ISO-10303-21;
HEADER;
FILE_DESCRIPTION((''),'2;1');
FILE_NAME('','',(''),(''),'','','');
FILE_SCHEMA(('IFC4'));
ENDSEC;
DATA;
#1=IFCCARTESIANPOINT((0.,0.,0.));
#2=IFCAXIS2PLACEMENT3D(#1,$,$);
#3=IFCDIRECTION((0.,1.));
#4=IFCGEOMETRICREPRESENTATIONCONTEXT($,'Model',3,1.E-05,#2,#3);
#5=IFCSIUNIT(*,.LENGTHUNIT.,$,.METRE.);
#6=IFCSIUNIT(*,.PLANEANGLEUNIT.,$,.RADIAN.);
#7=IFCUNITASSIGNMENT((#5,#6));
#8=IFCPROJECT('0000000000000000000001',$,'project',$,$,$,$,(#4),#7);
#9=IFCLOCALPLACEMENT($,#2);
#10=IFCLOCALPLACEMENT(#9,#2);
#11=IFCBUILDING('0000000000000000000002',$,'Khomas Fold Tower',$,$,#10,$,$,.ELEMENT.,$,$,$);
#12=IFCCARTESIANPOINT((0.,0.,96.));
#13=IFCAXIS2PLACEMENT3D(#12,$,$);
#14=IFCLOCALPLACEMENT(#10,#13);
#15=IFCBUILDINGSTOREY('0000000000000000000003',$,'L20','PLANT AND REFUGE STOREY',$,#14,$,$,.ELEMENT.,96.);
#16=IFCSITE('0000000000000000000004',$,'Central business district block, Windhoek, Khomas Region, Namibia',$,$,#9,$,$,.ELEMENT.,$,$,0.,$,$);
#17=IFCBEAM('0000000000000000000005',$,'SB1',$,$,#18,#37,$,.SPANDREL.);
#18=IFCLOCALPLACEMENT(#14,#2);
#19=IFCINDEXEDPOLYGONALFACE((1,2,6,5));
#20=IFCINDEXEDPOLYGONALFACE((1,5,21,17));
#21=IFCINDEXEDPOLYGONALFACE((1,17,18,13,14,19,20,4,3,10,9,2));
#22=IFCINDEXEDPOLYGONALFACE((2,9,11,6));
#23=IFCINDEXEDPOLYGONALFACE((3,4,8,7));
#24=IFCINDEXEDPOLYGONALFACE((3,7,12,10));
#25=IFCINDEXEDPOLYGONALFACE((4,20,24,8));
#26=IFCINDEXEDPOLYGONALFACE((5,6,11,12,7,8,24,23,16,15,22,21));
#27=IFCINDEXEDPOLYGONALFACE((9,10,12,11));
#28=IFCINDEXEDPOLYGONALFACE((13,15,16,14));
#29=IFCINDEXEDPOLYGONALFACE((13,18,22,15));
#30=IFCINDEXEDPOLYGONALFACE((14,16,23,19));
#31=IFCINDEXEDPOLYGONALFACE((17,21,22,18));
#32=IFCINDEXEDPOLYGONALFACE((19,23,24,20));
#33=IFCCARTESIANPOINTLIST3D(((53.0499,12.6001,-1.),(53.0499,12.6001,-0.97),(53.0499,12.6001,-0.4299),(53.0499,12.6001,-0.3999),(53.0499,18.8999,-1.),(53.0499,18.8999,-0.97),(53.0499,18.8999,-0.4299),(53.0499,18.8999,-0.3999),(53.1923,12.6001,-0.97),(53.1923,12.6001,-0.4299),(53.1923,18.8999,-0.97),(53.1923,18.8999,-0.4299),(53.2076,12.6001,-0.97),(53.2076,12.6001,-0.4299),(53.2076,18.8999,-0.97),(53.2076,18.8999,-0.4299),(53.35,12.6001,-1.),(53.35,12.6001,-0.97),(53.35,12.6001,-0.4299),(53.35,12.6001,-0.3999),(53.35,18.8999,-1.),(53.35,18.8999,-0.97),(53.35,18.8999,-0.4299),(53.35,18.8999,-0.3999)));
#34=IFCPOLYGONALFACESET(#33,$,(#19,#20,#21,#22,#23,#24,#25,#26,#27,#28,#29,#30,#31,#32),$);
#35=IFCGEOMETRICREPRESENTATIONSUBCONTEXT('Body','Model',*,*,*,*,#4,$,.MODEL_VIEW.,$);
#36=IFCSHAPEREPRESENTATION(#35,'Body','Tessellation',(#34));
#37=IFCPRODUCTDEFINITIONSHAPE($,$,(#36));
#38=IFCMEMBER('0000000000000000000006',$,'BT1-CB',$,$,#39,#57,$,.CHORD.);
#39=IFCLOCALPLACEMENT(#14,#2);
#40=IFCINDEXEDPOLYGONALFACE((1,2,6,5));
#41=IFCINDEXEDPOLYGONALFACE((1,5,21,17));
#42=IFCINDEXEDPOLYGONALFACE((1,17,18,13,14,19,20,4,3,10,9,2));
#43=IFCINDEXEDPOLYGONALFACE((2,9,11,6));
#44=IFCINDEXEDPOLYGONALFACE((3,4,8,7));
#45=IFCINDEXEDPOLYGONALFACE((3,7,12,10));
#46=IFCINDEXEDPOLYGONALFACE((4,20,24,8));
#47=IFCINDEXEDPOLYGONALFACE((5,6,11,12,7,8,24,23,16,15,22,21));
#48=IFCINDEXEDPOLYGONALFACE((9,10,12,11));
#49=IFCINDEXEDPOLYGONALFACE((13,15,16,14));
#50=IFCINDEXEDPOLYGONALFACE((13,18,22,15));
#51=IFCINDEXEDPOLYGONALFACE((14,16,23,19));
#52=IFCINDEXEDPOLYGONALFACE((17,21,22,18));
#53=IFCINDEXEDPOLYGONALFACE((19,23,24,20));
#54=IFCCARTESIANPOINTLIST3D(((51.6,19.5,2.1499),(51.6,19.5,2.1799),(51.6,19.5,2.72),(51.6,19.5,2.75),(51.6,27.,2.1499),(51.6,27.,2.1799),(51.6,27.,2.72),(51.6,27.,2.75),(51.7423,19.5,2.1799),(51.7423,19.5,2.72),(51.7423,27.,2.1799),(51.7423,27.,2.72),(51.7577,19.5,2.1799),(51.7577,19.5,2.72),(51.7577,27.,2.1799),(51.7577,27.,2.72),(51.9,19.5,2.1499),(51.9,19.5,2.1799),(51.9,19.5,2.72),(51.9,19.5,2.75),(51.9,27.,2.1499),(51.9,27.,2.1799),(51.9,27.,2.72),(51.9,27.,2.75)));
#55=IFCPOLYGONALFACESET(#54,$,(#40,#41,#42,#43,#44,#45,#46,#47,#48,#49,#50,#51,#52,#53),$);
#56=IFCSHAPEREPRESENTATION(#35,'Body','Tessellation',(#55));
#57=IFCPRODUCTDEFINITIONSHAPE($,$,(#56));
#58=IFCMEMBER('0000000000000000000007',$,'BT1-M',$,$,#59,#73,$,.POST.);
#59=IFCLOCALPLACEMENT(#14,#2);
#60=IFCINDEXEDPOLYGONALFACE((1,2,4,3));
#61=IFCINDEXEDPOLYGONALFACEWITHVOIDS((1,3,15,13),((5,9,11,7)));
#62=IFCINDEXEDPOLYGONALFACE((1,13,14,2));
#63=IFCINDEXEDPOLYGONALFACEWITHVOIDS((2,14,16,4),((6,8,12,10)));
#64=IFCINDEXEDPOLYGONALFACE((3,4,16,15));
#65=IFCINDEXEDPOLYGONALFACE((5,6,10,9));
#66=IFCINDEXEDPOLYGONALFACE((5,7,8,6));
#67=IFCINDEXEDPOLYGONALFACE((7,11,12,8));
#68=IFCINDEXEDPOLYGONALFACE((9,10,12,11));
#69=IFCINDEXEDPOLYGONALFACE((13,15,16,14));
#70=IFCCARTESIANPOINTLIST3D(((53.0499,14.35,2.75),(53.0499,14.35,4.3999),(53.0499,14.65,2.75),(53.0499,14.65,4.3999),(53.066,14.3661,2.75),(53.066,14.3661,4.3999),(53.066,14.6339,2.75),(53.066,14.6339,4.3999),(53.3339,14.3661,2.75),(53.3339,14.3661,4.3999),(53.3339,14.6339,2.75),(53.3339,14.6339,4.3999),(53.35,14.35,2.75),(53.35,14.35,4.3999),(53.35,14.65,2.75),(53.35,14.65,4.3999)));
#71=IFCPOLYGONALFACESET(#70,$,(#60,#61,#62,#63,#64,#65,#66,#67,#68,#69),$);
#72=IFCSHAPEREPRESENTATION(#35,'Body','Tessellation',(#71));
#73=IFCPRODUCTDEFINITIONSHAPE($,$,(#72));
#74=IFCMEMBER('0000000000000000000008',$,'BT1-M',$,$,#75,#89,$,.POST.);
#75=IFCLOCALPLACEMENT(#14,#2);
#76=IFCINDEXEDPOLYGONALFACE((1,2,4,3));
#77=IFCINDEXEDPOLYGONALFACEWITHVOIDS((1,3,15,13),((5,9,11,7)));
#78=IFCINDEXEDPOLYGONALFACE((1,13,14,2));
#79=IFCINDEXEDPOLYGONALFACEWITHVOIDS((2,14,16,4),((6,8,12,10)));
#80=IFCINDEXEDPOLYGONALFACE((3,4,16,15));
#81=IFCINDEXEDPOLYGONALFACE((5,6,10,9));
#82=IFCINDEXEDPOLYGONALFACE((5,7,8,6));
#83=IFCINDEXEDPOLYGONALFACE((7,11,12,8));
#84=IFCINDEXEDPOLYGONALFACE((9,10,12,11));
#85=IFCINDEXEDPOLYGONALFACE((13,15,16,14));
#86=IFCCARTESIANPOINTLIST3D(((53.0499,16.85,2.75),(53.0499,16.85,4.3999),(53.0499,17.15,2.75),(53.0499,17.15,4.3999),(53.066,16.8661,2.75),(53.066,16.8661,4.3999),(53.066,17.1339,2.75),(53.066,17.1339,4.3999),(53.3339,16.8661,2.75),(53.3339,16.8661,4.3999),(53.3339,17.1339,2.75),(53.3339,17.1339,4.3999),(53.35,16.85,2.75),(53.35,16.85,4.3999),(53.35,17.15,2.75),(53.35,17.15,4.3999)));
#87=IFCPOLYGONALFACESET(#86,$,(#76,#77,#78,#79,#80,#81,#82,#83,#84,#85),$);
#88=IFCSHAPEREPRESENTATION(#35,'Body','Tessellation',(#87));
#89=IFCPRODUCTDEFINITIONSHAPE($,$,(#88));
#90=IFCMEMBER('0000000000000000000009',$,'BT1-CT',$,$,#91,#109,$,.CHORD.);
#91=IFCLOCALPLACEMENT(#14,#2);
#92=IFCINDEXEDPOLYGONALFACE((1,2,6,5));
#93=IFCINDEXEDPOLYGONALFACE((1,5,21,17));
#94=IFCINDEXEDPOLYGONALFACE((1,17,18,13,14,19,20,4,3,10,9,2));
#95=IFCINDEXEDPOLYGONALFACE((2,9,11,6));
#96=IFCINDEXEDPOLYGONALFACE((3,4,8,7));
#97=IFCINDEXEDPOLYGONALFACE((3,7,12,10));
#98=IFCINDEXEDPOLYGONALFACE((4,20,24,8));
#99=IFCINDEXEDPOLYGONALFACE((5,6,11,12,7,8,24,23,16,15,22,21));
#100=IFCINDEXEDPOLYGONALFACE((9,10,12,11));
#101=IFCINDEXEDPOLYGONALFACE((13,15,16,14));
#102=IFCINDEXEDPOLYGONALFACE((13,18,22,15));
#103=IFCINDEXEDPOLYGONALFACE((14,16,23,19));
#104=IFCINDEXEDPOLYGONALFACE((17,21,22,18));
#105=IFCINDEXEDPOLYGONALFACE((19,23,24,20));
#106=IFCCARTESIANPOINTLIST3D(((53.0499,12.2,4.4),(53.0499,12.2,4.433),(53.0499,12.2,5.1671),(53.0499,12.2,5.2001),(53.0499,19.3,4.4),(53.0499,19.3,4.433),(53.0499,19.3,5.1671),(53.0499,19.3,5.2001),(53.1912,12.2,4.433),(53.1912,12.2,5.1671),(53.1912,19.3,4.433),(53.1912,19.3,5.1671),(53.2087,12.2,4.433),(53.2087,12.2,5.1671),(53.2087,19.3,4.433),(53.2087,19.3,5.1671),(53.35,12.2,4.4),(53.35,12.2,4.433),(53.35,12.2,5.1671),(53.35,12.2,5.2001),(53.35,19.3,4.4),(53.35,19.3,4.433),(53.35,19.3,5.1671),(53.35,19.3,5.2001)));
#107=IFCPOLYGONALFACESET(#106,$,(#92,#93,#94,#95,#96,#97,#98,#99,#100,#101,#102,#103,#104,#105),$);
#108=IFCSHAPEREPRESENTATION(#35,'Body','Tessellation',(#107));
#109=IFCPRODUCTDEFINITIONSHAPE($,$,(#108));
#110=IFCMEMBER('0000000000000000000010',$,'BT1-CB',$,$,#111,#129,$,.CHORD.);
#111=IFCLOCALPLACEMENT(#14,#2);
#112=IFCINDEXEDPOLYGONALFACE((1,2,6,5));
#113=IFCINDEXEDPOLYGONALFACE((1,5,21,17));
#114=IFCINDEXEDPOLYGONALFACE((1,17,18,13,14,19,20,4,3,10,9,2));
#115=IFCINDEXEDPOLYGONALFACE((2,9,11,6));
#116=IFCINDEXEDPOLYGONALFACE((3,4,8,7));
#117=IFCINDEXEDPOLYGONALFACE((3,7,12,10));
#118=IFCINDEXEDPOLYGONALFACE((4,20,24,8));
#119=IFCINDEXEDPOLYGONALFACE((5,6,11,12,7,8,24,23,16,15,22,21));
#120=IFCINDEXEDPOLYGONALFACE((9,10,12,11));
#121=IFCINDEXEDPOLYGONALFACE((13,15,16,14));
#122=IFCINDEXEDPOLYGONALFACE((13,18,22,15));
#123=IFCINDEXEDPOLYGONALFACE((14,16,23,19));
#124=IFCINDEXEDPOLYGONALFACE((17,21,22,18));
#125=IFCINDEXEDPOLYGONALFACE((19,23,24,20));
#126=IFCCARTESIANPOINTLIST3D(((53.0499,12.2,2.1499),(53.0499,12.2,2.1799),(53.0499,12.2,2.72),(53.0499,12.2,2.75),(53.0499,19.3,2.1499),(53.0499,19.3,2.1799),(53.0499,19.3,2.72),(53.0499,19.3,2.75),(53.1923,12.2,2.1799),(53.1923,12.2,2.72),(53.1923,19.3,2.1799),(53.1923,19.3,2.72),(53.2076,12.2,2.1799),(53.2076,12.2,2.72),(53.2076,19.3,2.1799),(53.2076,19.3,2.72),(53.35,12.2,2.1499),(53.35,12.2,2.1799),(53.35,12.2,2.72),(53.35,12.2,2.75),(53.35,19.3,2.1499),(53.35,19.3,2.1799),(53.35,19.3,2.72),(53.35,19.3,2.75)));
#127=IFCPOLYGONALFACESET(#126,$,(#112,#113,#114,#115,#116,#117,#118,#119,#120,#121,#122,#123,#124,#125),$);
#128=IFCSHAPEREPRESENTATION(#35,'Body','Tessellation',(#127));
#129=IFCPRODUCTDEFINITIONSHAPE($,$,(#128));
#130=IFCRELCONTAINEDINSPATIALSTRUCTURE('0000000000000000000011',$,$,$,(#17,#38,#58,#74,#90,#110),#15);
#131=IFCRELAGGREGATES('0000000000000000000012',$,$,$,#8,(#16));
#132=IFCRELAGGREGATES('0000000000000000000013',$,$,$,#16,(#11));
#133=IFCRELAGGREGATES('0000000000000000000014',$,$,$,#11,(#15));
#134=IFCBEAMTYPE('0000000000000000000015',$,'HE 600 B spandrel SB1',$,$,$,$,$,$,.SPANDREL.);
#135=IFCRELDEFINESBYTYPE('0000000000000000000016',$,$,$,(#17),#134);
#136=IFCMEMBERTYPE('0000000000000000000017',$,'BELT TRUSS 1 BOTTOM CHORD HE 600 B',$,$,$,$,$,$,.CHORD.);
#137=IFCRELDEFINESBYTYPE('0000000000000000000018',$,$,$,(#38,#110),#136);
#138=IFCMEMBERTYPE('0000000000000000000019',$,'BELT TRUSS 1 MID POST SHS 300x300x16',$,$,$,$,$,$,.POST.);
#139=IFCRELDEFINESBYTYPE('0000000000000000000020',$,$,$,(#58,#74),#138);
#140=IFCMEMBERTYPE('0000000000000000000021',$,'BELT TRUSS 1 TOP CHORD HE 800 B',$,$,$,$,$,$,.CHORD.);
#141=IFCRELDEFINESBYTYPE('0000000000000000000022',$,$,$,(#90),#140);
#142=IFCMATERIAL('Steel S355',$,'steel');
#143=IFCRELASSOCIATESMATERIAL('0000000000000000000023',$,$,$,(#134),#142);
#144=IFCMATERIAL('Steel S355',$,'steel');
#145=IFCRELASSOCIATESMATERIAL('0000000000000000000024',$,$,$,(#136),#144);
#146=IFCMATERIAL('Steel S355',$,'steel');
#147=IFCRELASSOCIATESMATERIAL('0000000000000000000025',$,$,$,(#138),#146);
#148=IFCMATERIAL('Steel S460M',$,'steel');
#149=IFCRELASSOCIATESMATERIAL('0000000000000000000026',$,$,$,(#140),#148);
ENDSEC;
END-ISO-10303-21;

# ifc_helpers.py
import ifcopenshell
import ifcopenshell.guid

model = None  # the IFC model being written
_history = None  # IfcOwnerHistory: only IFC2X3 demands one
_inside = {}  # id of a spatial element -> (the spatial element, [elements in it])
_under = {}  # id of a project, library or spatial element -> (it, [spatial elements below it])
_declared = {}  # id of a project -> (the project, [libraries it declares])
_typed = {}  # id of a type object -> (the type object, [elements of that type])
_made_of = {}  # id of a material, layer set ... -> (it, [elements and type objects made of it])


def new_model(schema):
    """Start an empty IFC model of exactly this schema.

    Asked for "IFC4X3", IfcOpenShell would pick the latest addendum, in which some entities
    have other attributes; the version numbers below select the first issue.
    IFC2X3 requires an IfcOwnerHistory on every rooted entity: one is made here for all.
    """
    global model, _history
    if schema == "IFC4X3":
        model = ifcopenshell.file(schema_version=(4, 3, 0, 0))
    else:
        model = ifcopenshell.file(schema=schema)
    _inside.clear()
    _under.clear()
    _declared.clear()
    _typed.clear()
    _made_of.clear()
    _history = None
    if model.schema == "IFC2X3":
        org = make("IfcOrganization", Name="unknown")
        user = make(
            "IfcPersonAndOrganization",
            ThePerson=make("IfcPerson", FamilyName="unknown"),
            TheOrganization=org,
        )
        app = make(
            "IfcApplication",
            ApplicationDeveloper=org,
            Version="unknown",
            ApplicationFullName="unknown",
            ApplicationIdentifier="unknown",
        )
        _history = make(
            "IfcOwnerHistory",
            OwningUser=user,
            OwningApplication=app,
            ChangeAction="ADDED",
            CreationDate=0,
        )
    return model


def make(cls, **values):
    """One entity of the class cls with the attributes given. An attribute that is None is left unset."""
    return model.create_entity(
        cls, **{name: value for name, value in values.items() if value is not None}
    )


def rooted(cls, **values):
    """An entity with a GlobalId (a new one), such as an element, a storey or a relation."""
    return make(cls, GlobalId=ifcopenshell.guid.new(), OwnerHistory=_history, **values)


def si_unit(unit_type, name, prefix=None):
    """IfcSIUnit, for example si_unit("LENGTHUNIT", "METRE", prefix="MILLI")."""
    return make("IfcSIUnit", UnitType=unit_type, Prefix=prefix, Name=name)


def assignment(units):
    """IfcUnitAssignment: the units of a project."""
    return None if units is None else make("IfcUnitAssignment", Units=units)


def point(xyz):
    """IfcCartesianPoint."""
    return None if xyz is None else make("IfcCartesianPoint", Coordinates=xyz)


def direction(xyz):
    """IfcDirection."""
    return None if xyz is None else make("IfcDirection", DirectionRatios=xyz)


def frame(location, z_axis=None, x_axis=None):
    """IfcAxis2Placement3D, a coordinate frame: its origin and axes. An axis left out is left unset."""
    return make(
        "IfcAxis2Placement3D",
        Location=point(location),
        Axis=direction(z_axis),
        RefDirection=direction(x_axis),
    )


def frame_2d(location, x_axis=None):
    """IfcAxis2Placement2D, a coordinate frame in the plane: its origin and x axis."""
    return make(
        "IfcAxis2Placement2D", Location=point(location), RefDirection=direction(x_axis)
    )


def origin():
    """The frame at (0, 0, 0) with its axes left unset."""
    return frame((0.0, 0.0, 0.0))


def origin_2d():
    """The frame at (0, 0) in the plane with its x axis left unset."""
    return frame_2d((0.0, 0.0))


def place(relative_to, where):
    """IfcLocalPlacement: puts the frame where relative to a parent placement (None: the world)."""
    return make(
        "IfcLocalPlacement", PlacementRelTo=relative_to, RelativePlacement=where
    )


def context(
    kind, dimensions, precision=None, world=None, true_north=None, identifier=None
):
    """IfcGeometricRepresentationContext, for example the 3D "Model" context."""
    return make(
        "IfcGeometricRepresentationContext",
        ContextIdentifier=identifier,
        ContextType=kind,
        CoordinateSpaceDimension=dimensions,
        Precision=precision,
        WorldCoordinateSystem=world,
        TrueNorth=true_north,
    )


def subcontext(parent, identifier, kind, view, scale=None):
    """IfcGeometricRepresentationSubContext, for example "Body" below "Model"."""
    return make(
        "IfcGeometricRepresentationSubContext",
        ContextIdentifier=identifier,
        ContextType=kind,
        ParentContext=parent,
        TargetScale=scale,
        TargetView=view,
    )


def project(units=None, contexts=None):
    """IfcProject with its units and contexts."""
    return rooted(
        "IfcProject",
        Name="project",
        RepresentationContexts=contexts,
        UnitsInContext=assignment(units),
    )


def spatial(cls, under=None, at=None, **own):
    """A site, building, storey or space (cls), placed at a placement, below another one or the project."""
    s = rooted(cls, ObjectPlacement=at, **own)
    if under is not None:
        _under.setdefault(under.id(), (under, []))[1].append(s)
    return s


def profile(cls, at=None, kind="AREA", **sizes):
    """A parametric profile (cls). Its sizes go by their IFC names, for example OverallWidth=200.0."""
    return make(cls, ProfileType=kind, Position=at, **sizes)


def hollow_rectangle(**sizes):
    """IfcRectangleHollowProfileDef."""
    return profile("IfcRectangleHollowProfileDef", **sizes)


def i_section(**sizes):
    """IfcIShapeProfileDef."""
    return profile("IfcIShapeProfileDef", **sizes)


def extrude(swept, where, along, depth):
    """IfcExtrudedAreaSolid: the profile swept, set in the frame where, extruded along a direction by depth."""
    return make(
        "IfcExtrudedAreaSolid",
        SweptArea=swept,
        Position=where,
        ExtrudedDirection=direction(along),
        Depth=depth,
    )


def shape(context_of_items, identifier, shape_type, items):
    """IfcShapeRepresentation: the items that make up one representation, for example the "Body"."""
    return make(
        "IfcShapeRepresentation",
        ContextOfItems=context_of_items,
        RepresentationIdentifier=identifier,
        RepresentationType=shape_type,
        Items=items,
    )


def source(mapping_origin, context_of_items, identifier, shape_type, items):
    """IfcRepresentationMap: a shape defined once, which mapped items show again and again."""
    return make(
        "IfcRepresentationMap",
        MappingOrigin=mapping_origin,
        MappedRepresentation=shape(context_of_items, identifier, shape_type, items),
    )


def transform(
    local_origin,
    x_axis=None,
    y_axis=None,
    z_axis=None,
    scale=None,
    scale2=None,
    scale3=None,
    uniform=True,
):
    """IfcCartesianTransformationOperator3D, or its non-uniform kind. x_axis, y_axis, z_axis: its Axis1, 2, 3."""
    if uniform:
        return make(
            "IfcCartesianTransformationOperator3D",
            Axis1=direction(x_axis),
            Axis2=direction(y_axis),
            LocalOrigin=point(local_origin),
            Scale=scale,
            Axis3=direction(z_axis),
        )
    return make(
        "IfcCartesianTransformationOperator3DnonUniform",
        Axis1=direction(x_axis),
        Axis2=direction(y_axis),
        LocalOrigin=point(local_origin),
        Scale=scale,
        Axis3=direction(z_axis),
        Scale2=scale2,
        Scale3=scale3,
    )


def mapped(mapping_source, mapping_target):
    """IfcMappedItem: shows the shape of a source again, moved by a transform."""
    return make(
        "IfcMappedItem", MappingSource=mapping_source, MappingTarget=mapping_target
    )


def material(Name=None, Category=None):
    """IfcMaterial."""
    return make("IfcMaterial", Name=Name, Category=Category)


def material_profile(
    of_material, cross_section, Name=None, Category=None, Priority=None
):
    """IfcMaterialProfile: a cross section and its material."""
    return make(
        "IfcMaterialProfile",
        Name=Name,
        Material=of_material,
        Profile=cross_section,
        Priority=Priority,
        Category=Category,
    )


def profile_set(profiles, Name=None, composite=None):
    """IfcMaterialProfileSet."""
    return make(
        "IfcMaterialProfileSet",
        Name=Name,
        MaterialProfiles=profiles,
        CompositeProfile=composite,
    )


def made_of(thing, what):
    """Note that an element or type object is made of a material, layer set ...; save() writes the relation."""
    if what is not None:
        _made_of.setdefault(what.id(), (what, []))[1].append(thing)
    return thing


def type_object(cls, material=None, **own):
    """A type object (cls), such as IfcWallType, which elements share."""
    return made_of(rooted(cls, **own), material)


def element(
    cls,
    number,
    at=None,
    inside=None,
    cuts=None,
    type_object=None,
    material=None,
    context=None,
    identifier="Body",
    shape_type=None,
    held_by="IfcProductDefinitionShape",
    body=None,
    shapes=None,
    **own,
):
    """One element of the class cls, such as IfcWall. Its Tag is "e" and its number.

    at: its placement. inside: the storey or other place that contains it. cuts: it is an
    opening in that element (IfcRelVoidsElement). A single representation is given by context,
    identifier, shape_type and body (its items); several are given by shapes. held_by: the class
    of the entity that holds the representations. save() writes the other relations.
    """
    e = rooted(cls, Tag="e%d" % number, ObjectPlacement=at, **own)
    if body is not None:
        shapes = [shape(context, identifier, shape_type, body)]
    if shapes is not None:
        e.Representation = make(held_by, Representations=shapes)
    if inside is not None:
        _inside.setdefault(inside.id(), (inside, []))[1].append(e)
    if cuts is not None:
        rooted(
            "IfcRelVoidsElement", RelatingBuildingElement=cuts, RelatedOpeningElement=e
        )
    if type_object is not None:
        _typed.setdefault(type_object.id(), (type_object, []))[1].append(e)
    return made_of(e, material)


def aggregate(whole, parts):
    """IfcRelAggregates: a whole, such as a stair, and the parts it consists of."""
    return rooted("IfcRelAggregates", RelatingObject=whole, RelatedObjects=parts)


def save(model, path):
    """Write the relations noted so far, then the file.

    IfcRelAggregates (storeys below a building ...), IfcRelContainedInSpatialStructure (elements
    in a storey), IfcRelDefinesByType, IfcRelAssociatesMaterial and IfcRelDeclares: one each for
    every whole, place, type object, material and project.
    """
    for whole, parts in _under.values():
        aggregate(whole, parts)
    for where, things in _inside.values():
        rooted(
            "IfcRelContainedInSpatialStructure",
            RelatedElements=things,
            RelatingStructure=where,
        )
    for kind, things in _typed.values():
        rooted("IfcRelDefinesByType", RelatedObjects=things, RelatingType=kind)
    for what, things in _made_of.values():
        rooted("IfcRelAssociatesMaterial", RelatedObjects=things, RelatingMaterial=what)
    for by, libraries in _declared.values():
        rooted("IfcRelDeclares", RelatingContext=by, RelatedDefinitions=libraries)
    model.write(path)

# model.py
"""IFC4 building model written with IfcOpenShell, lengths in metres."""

from ifc_helpers import new_model, si_unit, direction, frame, origin, origin_2d, place, context, subcontext, project, spatial, hollow_rectangle, i_section, extrude, source, transform, mapped, material, material_profile, profile_set, type_object, element, save


model = new_model("IFC4")

# Units and contexts
model_context = context("Model", 3, precision=1e-05, world=origin(), true_north=direction((0.0, 1.0)))
body_context = subcontext(model_context, "Body", "Model", "MODEL_VIEW")
ifc_project = project(units=[si_unit("LENGTHUNIT", "METRE"), si_unit("PLANEANGLEUNIT", "RADIAN")], contexts=[model_context])

# Site, building, storey
site_placement = place(None, origin())
site = spatial("IfcSite", under=ifc_project, at=site_placement, Name="Central business district block, Windhoek, Khomas Region, Namibia", CompositionType="ELEMENT", RefElevation=0.0)
building_placement = place(site_placement, origin())
building = spatial("IfcBuilding", under=site, at=building_placement, Name="Khomas Fold Tower", CompositionType="ELEMENT")
storey_placement = place(building_placement, frame((0.0, 0.0, 96.0)))
storey = spatial("IfcBuildingStorey", under=building, at=storey_placement, Name="L20", Description="PLANT AND REFUGE STOREY", CompositionType="ELEMENT", Elevation=96.0)

# Beam
ifc_material_1 = material(Name="Steel S355", Category="steel")
ifc_material_profile_1 = material_profile(ifc_material_1, i_section(OverallWidth=0.3, OverallDepth=0.6001, WebThickness=0.0154, FlangeThickness=0.03, at=origin_2d()), Name="HE 600 B")
ifc_profile_set_1 = profile_set([ifc_material_profile_1], Name="Steel S355")
beam_type_1 = type_object("IfcBeamType", Name="HE 600 B spandrel SB1", PredefinedType="SPANDREL", material=ifc_profile_set_1)
shared_shape_1 = source(origin(), body_context, "Body", "SweptSolid", [
    extrude(i_section(OverallWidth=0.3, OverallDepth=0.6001, WebThickness=0.0154, FlangeThickness=0.03, at=origin_2d()), origin(), (0.0, 0.0, 1.0), 6.2998),
])
beam_1_placement = place(storey_placement, frame((53.2, 12.6001, -0.7), z_axis=(0.0, 1.0, 0.0), x_axis=(-1.0, 0.0, 0.0)))
element("IfcBeam", 1, at=beam_1_placement, inside=storey, type_object=beam_type_1, Name="SB1", PredefinedType="SPANDREL", context=body_context, shape_type="MappedRepresentation", body=[
    mapped(shared_shape_1, transform((0.0, 0.0, 0.0))),
])

# Members
ifc_material_2 = material(Name="Steel S355", Category="steel")
ifc_material_profile_2 = material_profile(ifc_material_2, i_section(OverallWidth=0.3, OverallDepth=0.6001, WebThickness=0.0154, FlangeThickness=0.03, at=origin_2d()), Name="HE 600 B")
ifc_profile_set_2 = profile_set([ifc_material_profile_2], Name="Steel S355")
member_type_1 = type_object("IfcMemberType", Name="BELT TRUSS 1 BOTTOM CHORD HE 600 B", PredefinedType="CHORD", material=ifc_profile_set_2)
shared_shape_2 = source(origin(), body_context, "Body", "SweptSolid", [
    extrude(i_section(OverallWidth=0.3, OverallDepth=0.6001, WebThickness=0.0154, FlangeThickness=0.03, at=origin_2d()), origin(), (0.0, 0.0, 1.0), 7.5),
])
member_1_placement = place(storey_placement, frame((51.75, 19.5, 2.45), z_axis=(0.0, 1.0, 0.0), x_axis=(-1.0, 0.0, 0.0)))
element("IfcMember", 2, at=member_1_placement, inside=storey, type_object=member_type_1, Name="BT1-CB", PredefinedType="CHORD", context=body_context, shape_type="MappedRepresentation", body=[
    mapped(shared_shape_2, transform((0.0, 0.0, 0.0))),
])
ifc_material_3 = material(Name="Steel S355", Category="steel")
ifc_material_profile_3 = material_profile(ifc_material_3, hollow_rectangle(XDim=0.3, YDim=0.3, WallThickness=0.0161, at=origin_2d()), Name="SHS 300x300x16")
ifc_profile_set_3 = profile_set([ifc_material_profile_3], Name="Steel S355")
member_type_2 = type_object("IfcMemberType", Name="BELT TRUSS 1 MID POST SHS 300x300x16", PredefinedType="POST", material=ifc_profile_set_3)
shared_shape_3 = source(origin(), body_context, "Body", "SweptSolid", [
    extrude(hollow_rectangle(XDim=0.3, YDim=0.3, WallThickness=0.0161, at=origin_2d()), origin(), (0.0, 0.0, 1.0), 1.6499),
])
for number, where, z_axis, x_axis, name in (
    (3, (53.2, 14.5, 2.75), (0.0, 0.0, 1.0), (1.0, 0.0, 0.0), "BT1-M"),
    (4, (53.2, 17.0, 2.75), (0.0, 0.0, 1.0), (1.0, 0.0, 0.0), "BT1-M"),
):
    element("IfcMember", number, at=place(storey_placement, frame(where, z_axis=z_axis, x_axis=x_axis)), inside=storey, type_object=member_type_2, Name=name, PredefinedType="POST", context=body_context, shape_type="MappedRepresentation", body=[
        mapped(shared_shape_3, transform((0.0, 0.0, 0.0))),
    ])
ifc_material_4 = material(Name="Steel S460M", Category="steel")
ifc_material_profile_4 = material_profile(ifc_material_4, i_section(OverallWidth=0.3, OverallDepth=0.8, WebThickness=0.0176, FlangeThickness=0.033, at=origin_2d()), Name="HE 800 B")
ifc_profile_set_4 = profile_set([ifc_material_profile_4], Name="Steel S460M")
member_type_3 = type_object("IfcMemberType", Name="BELT TRUSS 1 TOP CHORD HE 800 B", PredefinedType="CHORD", material=ifc_profile_set_4)
shared_shape_4 = source(origin(), body_context, "Body", "SweptSolid", [
    extrude(i_section(OverallWidth=0.3, OverallDepth=0.8, WebThickness=0.0176, FlangeThickness=0.033, at=origin_2d()), origin(), (0.0, 0.0, 1.0), 7.1001),
])
member_2_placement = place(storey_placement, frame((53.2, 12.2, 4.8), z_axis=(0.0, 1.0, 0.0), x_axis=(-1.0, 0.0, 0.0)))
element("IfcMember", 5, at=member_2_placement, inside=storey, type_object=member_type_3, Name="BT1-CT", PredefinedType="CHORD", context=body_context, shape_type="MappedRepresentation", body=[
    mapped(shared_shape_4, transform((0.0, 0.0, 0.0))),
])
shared_shape_5 = source(origin(), body_context, "Body", "SweptSolid", [
    extrude(i_section(OverallWidth=0.3, OverallDepth=0.6001, WebThickness=0.0154, FlangeThickness=0.03, at=origin_2d()), origin(), (0.0, 0.0, 1.0), 7.1001),
])
member_3_placement = place(storey_placement, frame((53.2, 12.2, 2.45), z_axis=(0.0, 1.0, 0.0), x_axis=(-1.0, 0.0, 0.0)))
element("IfcMember", 6, at=member_3_placement, inside=storey, type_object=member_type_1, Name="BT1-CB", PredefinedType="CHORD", context=body_context, shape_type="MappedRepresentation", body=[
    mapped(shared_shape_5, transform((0.0, 0.0, 0.0))),
])

save(model, "model.ifc")
